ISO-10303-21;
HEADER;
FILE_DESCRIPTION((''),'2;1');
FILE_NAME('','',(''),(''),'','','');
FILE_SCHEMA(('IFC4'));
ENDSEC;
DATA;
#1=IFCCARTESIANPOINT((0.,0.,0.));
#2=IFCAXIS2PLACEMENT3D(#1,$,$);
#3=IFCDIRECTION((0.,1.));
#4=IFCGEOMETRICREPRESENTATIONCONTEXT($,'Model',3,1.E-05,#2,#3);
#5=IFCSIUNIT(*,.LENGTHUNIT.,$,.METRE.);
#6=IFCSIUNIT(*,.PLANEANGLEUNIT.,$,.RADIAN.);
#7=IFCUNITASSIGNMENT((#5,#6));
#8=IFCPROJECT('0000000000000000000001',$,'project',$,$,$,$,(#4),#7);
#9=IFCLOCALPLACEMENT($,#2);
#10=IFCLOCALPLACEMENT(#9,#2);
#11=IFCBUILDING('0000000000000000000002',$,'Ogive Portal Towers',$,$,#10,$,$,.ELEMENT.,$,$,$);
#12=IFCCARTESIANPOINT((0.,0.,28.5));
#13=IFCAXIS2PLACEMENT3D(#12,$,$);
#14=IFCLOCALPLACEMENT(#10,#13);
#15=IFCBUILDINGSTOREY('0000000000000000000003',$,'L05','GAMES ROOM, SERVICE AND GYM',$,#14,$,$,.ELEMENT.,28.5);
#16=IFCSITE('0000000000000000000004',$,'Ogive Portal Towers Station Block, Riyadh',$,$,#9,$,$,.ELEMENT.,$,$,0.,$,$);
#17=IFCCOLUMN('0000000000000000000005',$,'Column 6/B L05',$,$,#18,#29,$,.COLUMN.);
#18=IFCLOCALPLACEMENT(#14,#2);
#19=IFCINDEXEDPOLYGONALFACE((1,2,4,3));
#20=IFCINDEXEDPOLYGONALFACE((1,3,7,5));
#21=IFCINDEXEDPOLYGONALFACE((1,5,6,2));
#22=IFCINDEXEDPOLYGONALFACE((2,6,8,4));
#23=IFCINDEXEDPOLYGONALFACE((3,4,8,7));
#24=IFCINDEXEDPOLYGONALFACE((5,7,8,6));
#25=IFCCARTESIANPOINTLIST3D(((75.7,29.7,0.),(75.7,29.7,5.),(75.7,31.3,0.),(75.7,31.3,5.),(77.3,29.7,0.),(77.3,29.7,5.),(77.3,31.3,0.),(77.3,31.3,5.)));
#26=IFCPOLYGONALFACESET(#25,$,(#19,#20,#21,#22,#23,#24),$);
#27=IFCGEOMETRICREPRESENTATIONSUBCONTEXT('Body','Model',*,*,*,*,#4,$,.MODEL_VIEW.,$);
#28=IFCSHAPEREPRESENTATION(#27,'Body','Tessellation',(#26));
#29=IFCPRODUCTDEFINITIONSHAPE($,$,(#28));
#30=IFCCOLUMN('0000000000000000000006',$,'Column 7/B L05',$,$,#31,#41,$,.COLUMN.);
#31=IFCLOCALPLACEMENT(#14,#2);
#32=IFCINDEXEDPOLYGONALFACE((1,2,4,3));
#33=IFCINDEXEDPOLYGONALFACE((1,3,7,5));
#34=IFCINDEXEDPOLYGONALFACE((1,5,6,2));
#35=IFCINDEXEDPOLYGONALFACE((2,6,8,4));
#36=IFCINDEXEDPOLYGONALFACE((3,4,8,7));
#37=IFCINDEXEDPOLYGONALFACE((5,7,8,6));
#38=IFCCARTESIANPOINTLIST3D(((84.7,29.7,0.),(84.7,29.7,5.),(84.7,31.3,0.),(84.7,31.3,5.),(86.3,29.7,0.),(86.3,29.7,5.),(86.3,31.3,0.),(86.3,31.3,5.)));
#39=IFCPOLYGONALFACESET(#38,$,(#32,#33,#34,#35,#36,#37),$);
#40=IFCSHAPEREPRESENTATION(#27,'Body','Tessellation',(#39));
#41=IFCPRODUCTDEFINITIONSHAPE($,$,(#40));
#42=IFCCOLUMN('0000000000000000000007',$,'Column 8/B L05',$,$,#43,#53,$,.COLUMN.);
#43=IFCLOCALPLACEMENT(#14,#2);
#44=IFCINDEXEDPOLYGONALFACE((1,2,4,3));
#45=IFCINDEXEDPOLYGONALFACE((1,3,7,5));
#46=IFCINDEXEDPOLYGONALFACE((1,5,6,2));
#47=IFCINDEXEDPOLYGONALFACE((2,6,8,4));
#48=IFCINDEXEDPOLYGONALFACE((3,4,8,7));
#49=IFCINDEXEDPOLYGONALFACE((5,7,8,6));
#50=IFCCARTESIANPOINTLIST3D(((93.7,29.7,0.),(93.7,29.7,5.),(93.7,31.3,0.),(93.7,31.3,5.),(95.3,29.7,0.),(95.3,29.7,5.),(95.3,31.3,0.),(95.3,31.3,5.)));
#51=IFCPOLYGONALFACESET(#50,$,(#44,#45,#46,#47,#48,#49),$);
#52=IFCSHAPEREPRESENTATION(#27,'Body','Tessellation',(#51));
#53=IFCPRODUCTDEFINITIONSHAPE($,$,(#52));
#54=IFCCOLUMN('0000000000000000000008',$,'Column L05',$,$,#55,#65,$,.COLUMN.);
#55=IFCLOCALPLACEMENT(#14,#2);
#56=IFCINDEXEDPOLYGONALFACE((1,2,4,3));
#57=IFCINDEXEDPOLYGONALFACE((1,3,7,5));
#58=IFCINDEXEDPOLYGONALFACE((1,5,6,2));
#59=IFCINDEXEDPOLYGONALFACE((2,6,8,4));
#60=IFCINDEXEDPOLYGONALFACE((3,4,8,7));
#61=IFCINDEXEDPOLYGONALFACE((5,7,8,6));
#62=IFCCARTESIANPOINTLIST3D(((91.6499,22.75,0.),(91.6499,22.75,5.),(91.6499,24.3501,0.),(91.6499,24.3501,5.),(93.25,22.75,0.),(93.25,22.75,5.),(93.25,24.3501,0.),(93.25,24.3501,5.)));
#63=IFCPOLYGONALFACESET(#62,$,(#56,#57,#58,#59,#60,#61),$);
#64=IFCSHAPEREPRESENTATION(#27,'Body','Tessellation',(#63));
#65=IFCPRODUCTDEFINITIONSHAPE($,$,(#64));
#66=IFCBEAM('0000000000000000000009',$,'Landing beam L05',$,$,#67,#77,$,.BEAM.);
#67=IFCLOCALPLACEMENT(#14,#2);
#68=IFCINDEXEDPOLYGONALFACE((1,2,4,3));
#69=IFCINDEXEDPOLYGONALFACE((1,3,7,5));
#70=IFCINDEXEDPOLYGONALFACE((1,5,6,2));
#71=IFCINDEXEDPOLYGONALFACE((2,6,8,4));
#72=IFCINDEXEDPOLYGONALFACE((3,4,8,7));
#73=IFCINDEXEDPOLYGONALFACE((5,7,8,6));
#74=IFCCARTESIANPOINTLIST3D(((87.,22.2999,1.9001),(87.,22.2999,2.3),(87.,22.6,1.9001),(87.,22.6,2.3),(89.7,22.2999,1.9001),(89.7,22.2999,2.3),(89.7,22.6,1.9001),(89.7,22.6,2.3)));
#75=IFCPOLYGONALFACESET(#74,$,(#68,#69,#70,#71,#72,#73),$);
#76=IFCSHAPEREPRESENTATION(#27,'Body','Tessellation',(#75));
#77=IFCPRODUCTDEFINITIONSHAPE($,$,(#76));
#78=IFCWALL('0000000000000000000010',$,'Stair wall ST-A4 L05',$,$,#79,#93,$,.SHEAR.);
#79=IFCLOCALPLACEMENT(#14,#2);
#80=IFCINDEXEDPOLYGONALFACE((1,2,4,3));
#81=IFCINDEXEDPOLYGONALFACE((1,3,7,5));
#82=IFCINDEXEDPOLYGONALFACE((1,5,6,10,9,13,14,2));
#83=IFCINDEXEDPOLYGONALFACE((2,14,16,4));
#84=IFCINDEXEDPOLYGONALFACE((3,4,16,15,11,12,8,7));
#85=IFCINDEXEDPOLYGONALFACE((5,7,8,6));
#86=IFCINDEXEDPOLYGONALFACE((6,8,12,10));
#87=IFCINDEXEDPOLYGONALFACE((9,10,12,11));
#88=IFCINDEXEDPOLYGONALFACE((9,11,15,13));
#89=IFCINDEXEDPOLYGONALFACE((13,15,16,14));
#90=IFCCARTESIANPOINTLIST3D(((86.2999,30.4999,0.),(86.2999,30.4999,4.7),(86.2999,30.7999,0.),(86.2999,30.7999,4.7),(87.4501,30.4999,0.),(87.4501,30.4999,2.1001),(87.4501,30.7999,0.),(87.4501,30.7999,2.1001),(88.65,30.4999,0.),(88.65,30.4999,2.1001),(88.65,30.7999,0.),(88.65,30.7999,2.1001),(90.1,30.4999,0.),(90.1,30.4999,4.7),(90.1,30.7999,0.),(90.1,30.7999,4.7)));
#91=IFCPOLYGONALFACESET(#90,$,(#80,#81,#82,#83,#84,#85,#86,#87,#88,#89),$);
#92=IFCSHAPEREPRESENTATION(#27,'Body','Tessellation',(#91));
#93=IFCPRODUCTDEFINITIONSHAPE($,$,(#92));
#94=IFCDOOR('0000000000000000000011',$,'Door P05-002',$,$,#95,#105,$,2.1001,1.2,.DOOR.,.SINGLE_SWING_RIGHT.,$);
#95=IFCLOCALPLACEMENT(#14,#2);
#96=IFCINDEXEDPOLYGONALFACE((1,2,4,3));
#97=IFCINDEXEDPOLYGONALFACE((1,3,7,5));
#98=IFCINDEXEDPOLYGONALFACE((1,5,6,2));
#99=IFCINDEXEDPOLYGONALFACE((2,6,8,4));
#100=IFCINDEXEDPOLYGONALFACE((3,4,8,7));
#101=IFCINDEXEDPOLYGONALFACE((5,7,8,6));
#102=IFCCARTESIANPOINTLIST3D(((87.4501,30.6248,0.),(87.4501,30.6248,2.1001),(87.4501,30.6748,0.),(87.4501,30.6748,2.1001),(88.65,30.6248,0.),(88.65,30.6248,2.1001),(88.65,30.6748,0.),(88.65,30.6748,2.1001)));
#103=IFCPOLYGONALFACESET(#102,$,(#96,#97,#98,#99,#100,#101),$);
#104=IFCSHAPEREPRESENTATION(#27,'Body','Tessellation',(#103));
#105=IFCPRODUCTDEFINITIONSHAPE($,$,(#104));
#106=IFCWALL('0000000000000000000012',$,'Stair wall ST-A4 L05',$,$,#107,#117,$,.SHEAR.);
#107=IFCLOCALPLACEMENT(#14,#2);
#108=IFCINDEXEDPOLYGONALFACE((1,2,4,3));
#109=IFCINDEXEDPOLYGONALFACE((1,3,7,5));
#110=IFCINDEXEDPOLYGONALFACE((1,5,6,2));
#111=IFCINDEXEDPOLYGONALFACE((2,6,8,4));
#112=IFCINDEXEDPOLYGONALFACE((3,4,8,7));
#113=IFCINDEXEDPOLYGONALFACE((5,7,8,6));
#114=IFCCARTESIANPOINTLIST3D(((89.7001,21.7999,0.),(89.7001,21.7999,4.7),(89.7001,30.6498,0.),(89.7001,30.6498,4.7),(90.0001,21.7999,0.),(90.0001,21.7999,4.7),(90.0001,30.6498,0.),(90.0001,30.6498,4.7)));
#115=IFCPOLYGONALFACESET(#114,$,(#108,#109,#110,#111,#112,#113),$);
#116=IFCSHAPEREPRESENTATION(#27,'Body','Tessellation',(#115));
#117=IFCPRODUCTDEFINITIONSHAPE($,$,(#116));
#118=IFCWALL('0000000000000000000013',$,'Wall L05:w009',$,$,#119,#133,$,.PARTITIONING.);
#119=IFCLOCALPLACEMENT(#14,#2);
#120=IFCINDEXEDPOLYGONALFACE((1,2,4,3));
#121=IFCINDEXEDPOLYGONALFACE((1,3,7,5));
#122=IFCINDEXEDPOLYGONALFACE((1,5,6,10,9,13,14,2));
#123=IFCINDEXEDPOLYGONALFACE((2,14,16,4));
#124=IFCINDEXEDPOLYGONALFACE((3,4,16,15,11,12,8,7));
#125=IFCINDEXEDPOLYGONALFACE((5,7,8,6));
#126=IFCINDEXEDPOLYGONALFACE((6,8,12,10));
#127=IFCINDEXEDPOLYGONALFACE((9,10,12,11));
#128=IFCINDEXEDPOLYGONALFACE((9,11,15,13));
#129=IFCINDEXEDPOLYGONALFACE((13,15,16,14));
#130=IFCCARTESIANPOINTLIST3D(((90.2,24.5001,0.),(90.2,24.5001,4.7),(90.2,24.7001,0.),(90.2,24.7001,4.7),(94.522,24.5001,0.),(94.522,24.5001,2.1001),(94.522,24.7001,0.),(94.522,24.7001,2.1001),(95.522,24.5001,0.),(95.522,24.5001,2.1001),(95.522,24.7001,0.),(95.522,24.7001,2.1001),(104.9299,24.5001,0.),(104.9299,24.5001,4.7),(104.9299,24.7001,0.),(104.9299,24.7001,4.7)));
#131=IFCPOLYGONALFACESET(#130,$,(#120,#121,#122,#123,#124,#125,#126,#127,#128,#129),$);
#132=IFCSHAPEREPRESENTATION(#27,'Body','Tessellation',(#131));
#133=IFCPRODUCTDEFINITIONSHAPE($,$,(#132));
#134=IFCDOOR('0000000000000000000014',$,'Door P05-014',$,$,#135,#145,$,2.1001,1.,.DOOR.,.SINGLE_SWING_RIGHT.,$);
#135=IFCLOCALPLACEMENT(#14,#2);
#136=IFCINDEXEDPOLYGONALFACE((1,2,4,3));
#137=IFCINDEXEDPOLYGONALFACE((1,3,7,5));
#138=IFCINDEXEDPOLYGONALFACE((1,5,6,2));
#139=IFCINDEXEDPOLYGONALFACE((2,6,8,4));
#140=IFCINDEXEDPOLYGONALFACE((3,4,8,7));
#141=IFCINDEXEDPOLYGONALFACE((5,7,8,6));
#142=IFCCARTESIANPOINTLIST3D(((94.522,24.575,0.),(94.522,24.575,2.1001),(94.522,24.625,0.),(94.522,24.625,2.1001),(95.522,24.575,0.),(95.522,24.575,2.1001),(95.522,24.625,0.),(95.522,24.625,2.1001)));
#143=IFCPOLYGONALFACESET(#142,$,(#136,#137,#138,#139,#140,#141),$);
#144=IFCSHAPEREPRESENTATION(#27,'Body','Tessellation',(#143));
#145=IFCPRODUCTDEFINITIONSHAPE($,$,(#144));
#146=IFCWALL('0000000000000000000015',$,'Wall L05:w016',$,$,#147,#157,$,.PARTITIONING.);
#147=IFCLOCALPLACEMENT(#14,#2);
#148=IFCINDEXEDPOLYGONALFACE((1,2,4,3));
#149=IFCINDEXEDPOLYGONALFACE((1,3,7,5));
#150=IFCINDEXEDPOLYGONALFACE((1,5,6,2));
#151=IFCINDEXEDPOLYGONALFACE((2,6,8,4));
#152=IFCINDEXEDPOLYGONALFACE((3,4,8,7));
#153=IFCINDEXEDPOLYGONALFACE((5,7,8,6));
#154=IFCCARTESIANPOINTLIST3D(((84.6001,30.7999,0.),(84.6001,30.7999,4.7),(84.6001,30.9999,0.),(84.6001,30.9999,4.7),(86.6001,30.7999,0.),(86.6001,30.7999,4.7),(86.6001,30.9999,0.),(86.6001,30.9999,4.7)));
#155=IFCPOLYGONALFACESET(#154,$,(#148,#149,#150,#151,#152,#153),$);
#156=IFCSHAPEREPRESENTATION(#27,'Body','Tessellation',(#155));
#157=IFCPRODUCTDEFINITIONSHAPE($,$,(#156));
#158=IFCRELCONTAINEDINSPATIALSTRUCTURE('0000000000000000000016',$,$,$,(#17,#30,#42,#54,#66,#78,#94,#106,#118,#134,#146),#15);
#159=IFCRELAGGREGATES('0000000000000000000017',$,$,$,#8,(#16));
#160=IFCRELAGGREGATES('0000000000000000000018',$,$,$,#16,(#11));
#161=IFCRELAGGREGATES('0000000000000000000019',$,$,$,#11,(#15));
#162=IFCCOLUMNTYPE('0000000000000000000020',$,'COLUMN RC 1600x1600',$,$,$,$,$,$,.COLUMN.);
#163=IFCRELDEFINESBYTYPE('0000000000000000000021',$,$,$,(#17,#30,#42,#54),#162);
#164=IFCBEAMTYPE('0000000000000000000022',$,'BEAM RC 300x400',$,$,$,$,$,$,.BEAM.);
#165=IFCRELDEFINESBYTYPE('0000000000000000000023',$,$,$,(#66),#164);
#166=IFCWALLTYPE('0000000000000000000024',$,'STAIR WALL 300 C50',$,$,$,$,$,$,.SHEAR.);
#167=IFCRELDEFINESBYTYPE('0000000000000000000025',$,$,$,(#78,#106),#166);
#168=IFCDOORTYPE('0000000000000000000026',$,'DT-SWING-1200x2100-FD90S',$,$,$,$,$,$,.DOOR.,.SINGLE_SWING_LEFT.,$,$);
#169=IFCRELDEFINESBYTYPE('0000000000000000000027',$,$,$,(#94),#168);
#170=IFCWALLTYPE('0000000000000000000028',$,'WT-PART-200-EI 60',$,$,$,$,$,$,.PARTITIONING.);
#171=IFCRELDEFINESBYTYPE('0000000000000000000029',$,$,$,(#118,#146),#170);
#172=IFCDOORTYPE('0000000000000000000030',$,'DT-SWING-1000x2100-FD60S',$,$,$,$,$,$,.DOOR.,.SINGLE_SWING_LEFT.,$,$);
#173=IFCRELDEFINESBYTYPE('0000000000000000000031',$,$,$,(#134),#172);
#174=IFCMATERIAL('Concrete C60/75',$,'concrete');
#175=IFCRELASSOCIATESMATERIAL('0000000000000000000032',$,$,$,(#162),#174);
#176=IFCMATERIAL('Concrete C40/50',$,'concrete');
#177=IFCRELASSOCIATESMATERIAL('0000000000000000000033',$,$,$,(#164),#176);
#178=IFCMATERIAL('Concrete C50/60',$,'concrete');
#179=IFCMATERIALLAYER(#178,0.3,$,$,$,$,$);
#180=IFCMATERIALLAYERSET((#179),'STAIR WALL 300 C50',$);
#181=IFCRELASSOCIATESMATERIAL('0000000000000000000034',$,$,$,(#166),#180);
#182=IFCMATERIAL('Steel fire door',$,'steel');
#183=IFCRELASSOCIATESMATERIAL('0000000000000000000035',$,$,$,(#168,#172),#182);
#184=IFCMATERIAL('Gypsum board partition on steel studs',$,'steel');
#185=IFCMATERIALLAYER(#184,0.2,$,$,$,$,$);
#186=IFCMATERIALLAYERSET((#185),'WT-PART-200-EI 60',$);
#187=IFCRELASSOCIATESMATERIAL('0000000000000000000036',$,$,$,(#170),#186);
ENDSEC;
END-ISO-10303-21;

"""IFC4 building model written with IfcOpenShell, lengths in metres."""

from ifc_helpers import new_model, si_unit, direction, frame, frame_2d, origin, origin_2d, place, context, subcontext, project, spatial, rectangle, extrude, material, layer, layer_set, material_profile, profile_set, type_object, element, fill, save


model = new_model("IFC4")

# Units and contexts
model_context = context("Model", 3, precision=1e-05, world=origin(), true_north=direction((0.0, 1.0)))
body_context = subcontext(model_context, "Body", "Model", "MODEL_VIEW")
ifc_project = project(units=[si_unit("LENGTHUNIT", "METRE"), si_unit("PLANEANGLEUNIT", "RADIAN")], contexts=[model_context])

# Site, building, storey
site_placement = place(None, origin())
site = spatial("IfcSite", under=ifc_project, at=site_placement, Name="Ogive Portal Towers Station Block, Riyadh", CompositionType="ELEMENT", RefElevation=0.0)
building_placement = place(site_placement, origin())
building = spatial("IfcBuilding", under=site, at=building_placement, Name="Ogive Portal Towers", CompositionType="ELEMENT")
storey_placement = place(building_placement, frame((0.0, 0.0, 28.5)))
storey = spatial("IfcBuildingStorey", under=building, at=storey_placement, Name="L05", Description="GAMES ROOM, SERVICE AND GYM", CompositionType="ELEMENT", Elevation=28.5)

# Columns
ifc_material_1 = material(Name="Concrete C60/75", Category="concrete")
ifc_material_profile_1 = material_profile(ifc_material_1, rectangle(XDim=1.6001, YDim=1.6001, at=origin_2d()), Name="RC 1600x1600")
ifc_profile_set_1 = profile_set([ifc_material_profile_1], Name="Concrete C60/75")
column_type = type_object("IfcColumnType", Name="COLUMN RC 1600x1600", PredefinedType="COLUMN", material=ifc_profile_set_1)
for number, where, z_axis, x_axis, name in (
    (1, (76.5, 30.5, 0.0), (0.0, 0.0, 1.0), (1.0, 0.0, 0.0), "Column 6/B L05"),
    (2, (85.5, 30.5, 0.0), (0.0, 0.0, 1.0), (1.0, 0.0, 0.0), "Column 7/B L05"),
    (3, (94.5, 30.5, 0.0), (0.0, 0.0, 1.0), (1.0, 0.0, 0.0), "Column 8/B L05"),
    (4, (92.45, 23.55, 0.0), (0.0, 0.0, 1.0), (1.0, 0.0, 0.0), "Column L05"),
):
    element("IfcColumn", number, at=place(storey_placement, frame(where, z_axis=z_axis, x_axis=x_axis)), inside=storey, type_object=column_type, Name=name, PredefinedType="COLUMN", context=body_context, shape_type="SweptSolid", body=[
        extrude(rectangle(XDim=1.6001, YDim=1.6001, at=origin_2d()), origin(), (0.0, 0.0, 1.0), 5.0),
    ])

# Beam
ifc_material_2 = material(Name="Concrete C40/50", Category="concrete")
ifc_material_profile_2 = material_profile(ifc_material_2, rectangle(XDim=0.3, YDim=0.3999, at=origin_2d()), Name="RC 300x400")
ifc_profile_set_2 = profile_set([ifc_material_profile_2], Name="Concrete C40/50")
beam_type = type_object("IfcBeamType", Name="BEAM RC 300x400", PredefinedType="BEAM", material=ifc_profile_set_2)
beam_placement = place(storey_placement, frame((87.0, 22.45, 2.1001), z_axis=(1.0, 0.0, 0.0), x_axis=(0.0, 1.0, 0.0)))
element("IfcBeam", 5, at=beam_placement, inside=storey, type_object=beam_type, Name="Landing beam L05", PredefinedType="BEAM", context=body_context, shape_type="SweptSolid", body=[
    extrude(rectangle(XDim=0.3, YDim=0.3999, at=origin_2d()), origin(), (0.0, 0.0, 1.0), 2.7),
])

# Wall, opening, door
ifc_material_3 = material(Name="Concrete C50/60", Category="concrete")
ifc_layer_1 = layer(ifc_material_3, 0.3)
ifc_layer_set_1 = layer_set([ifc_layer_1], Name="STAIR WALL 300 C50")
wall_type_1 = type_object("IfcWallType", Name="STAIR WALL 300 C50", PredefinedType="SHEAR", material=ifc_layer_set_1)
wall_1_placement = place(storey_placement, frame((86.3, 30.6499, 0.0), z_axis=(0.0, 0.0, 1.0), x_axis=(1.0, 0.0, 0.0)))
wall_1 = element("IfcWall", 6, at=wall_1_placement, inside=storey, type_object=wall_type_1, Name="Stair wall ST-A4 L05", PredefinedType="SHEAR", context=body_context, shape_type="SweptSolid", body=[
    extrude(rectangle(XDim=3.8, YDim=0.3, at=frame_2d((1.8999, 0.0))), origin(), (0.0, 0.0, 1.0), 4.7),
])
opening_1_placement = place(wall_1_placement, frame((1.1499, 0.0, 0.0)))
opening_1 = element("IfcOpeningElement", 7, at=opening_1_placement, cuts=wall_1, PredefinedType="OPENING", context=body_context, shape_type="SweptSolid", body=[
    extrude(rectangle(XDim=1.2, YDim=2.1001, at=frame_2d((0.6001, 1.05))), frame((0.0, 0.1602, 0.0), z_axis=(0.0, -1.0, 0.0), x_axis=(1.0, 0.0, 0.0)), (0.0, 0.0, 1.0), 0.3201),
])
ifc_material_4 = material(Name="Steel fire door", Category="steel")
door_type_1 = type_object("IfcDoorType", Name="DT-SWING-1200x2100-FD90S", OperationType="SINGLE_SWING_LEFT", PredefinedType="DOOR", material=ifc_material_4)
door_1_placement = place(opening_1_placement, origin())
door_1 = element("IfcDoor", 8, at=door_1_placement, inside=storey, type_object=door_type_1, Name="Door P05-002", OperationType="SINGLE_SWING_RIGHT", OverallHeight=2.1001, OverallWidth=1.2, PredefinedType="DOOR", context=body_context, shape_type="SweptSolid", body=[
    extrude(rectangle(XDim=1.2, YDim=2.1001, at=frame_2d((0.6001, 1.05))), frame((0.0, 0.0249, 0.0), z_axis=(0.0, -1.0, 0.0), x_axis=(1.0, 0.0, 0.0)), (0.0, 0.0, 1.0), 0.05),
])
fill(opening_1, door_1)

# Wall
wall_2_placement = place(storey_placement, frame((89.8501, 21.8, 0.0), z_axis=(0.0, 0.0, 1.0), x_axis=(0.0, 1.0, 0.0)))
element("IfcWall", 9, at=wall_2_placement, inside=storey, type_object=wall_type_1, Name="Stair wall ST-A4 L05", PredefinedType="SHEAR", context=body_context, shape_type="SweptSolid", body=[
    extrude(rectangle(XDim=8.8499, YDim=0.3, at=frame_2d((4.4248, 0.0))), origin(), (0.0, 0.0, 1.0), 4.7),
])

# Wall, opening, door
ifc_material_5 = material(Name="Gypsum board partition on steel studs", Category="steel")
ifc_layer_2 = layer(ifc_material_5, 0.2)
ifc_layer_set_2 = layer_set([ifc_layer_2], Name="WT-PART-200-EI 60")
wall_type_2 = type_object("IfcWallType", Name="WT-PART-200-EI 60", PredefinedType="PARTITIONING", material=ifc_layer_set_2)
wall_3_placement = place(storey_placement, frame((90.2, 24.6001, 0.0), z_axis=(0.0, 0.0, 1.0), x_axis=(1.0, 0.0, 0.0)))
wall_3 = element("IfcWall", 10, at=wall_3_placement, inside=storey, type_object=wall_type_2, Name="Wall L05:w009", PredefinedType="PARTITIONING", context=body_context, shape_type="SweptSolid", body=[
    extrude(rectangle(XDim=14.73, YDim=0.2, at=frame_2d((7.365, 0.0))), origin(), (0.0, 0.0, 1.0), 4.7),
])
opening_2_placement = place(wall_3_placement, frame((4.322, 0.0, 0.0)))
opening_2 = element("IfcOpeningElement", 11, at=opening_2_placement, cuts=wall_3, PredefinedType="OPENING", context=body_context, shape_type="SweptSolid", body=[
    extrude(rectangle(XDim=1.0, YDim=2.1001, at=frame_2d((0.5, 1.05))), frame((0.0, 0.1099, 0.0), z_axis=(0.0, -1.0, 0.0), x_axis=(1.0, 0.0, 0.0)), (0.0, 0.0, 1.0), 0.22),
])
door_type_2 = type_object("IfcDoorType", Name="DT-SWING-1000x2100-FD60S", OperationType="SINGLE_SWING_LEFT", PredefinedType="DOOR", material=ifc_material_4)
door_2_placement = place(opening_2_placement, origin())
door_2 = element("IfcDoor", 12, at=door_2_placement, inside=storey, type_object=door_type_2, Name="Door P05-014", OperationType="SINGLE_SWING_RIGHT", OverallHeight=2.1001, OverallWidth=1.0, PredefinedType="DOOR", context=body_context, shape_type="SweptSolid", body=[
    extrude(rectangle(XDim=1.0, YDim=2.1001, at=frame_2d((0.5, 1.05))), frame((0.0, 0.0249, 0.0), z_axis=(0.0, -1.0, 0.0), x_axis=(1.0, 0.0, 0.0)), (0.0, 0.0, 1.0), 0.05),
])
fill(opening_2, door_2)

# Wall
wall_4_placement = place(storey_placement, frame((84.6001, 30.8999, 0.0), z_axis=(0.0, 0.0, 1.0), x_axis=(1.0, 0.0, 0.0)))
element("IfcWall", 13, at=wall_4_placement, inside=storey, type_object=wall_type_2, Name="Wall L05:w016", PredefinedType="PARTITIONING", context=body_context, shape_type="SweptSolid", body=[
    extrude(rectangle(XDim=2.0, YDim=0.2, at=frame_2d((1.0, 0.0))), origin(), (0.0, 0.0, 1.0), 4.7),
])

save(model, "model.ifc")
